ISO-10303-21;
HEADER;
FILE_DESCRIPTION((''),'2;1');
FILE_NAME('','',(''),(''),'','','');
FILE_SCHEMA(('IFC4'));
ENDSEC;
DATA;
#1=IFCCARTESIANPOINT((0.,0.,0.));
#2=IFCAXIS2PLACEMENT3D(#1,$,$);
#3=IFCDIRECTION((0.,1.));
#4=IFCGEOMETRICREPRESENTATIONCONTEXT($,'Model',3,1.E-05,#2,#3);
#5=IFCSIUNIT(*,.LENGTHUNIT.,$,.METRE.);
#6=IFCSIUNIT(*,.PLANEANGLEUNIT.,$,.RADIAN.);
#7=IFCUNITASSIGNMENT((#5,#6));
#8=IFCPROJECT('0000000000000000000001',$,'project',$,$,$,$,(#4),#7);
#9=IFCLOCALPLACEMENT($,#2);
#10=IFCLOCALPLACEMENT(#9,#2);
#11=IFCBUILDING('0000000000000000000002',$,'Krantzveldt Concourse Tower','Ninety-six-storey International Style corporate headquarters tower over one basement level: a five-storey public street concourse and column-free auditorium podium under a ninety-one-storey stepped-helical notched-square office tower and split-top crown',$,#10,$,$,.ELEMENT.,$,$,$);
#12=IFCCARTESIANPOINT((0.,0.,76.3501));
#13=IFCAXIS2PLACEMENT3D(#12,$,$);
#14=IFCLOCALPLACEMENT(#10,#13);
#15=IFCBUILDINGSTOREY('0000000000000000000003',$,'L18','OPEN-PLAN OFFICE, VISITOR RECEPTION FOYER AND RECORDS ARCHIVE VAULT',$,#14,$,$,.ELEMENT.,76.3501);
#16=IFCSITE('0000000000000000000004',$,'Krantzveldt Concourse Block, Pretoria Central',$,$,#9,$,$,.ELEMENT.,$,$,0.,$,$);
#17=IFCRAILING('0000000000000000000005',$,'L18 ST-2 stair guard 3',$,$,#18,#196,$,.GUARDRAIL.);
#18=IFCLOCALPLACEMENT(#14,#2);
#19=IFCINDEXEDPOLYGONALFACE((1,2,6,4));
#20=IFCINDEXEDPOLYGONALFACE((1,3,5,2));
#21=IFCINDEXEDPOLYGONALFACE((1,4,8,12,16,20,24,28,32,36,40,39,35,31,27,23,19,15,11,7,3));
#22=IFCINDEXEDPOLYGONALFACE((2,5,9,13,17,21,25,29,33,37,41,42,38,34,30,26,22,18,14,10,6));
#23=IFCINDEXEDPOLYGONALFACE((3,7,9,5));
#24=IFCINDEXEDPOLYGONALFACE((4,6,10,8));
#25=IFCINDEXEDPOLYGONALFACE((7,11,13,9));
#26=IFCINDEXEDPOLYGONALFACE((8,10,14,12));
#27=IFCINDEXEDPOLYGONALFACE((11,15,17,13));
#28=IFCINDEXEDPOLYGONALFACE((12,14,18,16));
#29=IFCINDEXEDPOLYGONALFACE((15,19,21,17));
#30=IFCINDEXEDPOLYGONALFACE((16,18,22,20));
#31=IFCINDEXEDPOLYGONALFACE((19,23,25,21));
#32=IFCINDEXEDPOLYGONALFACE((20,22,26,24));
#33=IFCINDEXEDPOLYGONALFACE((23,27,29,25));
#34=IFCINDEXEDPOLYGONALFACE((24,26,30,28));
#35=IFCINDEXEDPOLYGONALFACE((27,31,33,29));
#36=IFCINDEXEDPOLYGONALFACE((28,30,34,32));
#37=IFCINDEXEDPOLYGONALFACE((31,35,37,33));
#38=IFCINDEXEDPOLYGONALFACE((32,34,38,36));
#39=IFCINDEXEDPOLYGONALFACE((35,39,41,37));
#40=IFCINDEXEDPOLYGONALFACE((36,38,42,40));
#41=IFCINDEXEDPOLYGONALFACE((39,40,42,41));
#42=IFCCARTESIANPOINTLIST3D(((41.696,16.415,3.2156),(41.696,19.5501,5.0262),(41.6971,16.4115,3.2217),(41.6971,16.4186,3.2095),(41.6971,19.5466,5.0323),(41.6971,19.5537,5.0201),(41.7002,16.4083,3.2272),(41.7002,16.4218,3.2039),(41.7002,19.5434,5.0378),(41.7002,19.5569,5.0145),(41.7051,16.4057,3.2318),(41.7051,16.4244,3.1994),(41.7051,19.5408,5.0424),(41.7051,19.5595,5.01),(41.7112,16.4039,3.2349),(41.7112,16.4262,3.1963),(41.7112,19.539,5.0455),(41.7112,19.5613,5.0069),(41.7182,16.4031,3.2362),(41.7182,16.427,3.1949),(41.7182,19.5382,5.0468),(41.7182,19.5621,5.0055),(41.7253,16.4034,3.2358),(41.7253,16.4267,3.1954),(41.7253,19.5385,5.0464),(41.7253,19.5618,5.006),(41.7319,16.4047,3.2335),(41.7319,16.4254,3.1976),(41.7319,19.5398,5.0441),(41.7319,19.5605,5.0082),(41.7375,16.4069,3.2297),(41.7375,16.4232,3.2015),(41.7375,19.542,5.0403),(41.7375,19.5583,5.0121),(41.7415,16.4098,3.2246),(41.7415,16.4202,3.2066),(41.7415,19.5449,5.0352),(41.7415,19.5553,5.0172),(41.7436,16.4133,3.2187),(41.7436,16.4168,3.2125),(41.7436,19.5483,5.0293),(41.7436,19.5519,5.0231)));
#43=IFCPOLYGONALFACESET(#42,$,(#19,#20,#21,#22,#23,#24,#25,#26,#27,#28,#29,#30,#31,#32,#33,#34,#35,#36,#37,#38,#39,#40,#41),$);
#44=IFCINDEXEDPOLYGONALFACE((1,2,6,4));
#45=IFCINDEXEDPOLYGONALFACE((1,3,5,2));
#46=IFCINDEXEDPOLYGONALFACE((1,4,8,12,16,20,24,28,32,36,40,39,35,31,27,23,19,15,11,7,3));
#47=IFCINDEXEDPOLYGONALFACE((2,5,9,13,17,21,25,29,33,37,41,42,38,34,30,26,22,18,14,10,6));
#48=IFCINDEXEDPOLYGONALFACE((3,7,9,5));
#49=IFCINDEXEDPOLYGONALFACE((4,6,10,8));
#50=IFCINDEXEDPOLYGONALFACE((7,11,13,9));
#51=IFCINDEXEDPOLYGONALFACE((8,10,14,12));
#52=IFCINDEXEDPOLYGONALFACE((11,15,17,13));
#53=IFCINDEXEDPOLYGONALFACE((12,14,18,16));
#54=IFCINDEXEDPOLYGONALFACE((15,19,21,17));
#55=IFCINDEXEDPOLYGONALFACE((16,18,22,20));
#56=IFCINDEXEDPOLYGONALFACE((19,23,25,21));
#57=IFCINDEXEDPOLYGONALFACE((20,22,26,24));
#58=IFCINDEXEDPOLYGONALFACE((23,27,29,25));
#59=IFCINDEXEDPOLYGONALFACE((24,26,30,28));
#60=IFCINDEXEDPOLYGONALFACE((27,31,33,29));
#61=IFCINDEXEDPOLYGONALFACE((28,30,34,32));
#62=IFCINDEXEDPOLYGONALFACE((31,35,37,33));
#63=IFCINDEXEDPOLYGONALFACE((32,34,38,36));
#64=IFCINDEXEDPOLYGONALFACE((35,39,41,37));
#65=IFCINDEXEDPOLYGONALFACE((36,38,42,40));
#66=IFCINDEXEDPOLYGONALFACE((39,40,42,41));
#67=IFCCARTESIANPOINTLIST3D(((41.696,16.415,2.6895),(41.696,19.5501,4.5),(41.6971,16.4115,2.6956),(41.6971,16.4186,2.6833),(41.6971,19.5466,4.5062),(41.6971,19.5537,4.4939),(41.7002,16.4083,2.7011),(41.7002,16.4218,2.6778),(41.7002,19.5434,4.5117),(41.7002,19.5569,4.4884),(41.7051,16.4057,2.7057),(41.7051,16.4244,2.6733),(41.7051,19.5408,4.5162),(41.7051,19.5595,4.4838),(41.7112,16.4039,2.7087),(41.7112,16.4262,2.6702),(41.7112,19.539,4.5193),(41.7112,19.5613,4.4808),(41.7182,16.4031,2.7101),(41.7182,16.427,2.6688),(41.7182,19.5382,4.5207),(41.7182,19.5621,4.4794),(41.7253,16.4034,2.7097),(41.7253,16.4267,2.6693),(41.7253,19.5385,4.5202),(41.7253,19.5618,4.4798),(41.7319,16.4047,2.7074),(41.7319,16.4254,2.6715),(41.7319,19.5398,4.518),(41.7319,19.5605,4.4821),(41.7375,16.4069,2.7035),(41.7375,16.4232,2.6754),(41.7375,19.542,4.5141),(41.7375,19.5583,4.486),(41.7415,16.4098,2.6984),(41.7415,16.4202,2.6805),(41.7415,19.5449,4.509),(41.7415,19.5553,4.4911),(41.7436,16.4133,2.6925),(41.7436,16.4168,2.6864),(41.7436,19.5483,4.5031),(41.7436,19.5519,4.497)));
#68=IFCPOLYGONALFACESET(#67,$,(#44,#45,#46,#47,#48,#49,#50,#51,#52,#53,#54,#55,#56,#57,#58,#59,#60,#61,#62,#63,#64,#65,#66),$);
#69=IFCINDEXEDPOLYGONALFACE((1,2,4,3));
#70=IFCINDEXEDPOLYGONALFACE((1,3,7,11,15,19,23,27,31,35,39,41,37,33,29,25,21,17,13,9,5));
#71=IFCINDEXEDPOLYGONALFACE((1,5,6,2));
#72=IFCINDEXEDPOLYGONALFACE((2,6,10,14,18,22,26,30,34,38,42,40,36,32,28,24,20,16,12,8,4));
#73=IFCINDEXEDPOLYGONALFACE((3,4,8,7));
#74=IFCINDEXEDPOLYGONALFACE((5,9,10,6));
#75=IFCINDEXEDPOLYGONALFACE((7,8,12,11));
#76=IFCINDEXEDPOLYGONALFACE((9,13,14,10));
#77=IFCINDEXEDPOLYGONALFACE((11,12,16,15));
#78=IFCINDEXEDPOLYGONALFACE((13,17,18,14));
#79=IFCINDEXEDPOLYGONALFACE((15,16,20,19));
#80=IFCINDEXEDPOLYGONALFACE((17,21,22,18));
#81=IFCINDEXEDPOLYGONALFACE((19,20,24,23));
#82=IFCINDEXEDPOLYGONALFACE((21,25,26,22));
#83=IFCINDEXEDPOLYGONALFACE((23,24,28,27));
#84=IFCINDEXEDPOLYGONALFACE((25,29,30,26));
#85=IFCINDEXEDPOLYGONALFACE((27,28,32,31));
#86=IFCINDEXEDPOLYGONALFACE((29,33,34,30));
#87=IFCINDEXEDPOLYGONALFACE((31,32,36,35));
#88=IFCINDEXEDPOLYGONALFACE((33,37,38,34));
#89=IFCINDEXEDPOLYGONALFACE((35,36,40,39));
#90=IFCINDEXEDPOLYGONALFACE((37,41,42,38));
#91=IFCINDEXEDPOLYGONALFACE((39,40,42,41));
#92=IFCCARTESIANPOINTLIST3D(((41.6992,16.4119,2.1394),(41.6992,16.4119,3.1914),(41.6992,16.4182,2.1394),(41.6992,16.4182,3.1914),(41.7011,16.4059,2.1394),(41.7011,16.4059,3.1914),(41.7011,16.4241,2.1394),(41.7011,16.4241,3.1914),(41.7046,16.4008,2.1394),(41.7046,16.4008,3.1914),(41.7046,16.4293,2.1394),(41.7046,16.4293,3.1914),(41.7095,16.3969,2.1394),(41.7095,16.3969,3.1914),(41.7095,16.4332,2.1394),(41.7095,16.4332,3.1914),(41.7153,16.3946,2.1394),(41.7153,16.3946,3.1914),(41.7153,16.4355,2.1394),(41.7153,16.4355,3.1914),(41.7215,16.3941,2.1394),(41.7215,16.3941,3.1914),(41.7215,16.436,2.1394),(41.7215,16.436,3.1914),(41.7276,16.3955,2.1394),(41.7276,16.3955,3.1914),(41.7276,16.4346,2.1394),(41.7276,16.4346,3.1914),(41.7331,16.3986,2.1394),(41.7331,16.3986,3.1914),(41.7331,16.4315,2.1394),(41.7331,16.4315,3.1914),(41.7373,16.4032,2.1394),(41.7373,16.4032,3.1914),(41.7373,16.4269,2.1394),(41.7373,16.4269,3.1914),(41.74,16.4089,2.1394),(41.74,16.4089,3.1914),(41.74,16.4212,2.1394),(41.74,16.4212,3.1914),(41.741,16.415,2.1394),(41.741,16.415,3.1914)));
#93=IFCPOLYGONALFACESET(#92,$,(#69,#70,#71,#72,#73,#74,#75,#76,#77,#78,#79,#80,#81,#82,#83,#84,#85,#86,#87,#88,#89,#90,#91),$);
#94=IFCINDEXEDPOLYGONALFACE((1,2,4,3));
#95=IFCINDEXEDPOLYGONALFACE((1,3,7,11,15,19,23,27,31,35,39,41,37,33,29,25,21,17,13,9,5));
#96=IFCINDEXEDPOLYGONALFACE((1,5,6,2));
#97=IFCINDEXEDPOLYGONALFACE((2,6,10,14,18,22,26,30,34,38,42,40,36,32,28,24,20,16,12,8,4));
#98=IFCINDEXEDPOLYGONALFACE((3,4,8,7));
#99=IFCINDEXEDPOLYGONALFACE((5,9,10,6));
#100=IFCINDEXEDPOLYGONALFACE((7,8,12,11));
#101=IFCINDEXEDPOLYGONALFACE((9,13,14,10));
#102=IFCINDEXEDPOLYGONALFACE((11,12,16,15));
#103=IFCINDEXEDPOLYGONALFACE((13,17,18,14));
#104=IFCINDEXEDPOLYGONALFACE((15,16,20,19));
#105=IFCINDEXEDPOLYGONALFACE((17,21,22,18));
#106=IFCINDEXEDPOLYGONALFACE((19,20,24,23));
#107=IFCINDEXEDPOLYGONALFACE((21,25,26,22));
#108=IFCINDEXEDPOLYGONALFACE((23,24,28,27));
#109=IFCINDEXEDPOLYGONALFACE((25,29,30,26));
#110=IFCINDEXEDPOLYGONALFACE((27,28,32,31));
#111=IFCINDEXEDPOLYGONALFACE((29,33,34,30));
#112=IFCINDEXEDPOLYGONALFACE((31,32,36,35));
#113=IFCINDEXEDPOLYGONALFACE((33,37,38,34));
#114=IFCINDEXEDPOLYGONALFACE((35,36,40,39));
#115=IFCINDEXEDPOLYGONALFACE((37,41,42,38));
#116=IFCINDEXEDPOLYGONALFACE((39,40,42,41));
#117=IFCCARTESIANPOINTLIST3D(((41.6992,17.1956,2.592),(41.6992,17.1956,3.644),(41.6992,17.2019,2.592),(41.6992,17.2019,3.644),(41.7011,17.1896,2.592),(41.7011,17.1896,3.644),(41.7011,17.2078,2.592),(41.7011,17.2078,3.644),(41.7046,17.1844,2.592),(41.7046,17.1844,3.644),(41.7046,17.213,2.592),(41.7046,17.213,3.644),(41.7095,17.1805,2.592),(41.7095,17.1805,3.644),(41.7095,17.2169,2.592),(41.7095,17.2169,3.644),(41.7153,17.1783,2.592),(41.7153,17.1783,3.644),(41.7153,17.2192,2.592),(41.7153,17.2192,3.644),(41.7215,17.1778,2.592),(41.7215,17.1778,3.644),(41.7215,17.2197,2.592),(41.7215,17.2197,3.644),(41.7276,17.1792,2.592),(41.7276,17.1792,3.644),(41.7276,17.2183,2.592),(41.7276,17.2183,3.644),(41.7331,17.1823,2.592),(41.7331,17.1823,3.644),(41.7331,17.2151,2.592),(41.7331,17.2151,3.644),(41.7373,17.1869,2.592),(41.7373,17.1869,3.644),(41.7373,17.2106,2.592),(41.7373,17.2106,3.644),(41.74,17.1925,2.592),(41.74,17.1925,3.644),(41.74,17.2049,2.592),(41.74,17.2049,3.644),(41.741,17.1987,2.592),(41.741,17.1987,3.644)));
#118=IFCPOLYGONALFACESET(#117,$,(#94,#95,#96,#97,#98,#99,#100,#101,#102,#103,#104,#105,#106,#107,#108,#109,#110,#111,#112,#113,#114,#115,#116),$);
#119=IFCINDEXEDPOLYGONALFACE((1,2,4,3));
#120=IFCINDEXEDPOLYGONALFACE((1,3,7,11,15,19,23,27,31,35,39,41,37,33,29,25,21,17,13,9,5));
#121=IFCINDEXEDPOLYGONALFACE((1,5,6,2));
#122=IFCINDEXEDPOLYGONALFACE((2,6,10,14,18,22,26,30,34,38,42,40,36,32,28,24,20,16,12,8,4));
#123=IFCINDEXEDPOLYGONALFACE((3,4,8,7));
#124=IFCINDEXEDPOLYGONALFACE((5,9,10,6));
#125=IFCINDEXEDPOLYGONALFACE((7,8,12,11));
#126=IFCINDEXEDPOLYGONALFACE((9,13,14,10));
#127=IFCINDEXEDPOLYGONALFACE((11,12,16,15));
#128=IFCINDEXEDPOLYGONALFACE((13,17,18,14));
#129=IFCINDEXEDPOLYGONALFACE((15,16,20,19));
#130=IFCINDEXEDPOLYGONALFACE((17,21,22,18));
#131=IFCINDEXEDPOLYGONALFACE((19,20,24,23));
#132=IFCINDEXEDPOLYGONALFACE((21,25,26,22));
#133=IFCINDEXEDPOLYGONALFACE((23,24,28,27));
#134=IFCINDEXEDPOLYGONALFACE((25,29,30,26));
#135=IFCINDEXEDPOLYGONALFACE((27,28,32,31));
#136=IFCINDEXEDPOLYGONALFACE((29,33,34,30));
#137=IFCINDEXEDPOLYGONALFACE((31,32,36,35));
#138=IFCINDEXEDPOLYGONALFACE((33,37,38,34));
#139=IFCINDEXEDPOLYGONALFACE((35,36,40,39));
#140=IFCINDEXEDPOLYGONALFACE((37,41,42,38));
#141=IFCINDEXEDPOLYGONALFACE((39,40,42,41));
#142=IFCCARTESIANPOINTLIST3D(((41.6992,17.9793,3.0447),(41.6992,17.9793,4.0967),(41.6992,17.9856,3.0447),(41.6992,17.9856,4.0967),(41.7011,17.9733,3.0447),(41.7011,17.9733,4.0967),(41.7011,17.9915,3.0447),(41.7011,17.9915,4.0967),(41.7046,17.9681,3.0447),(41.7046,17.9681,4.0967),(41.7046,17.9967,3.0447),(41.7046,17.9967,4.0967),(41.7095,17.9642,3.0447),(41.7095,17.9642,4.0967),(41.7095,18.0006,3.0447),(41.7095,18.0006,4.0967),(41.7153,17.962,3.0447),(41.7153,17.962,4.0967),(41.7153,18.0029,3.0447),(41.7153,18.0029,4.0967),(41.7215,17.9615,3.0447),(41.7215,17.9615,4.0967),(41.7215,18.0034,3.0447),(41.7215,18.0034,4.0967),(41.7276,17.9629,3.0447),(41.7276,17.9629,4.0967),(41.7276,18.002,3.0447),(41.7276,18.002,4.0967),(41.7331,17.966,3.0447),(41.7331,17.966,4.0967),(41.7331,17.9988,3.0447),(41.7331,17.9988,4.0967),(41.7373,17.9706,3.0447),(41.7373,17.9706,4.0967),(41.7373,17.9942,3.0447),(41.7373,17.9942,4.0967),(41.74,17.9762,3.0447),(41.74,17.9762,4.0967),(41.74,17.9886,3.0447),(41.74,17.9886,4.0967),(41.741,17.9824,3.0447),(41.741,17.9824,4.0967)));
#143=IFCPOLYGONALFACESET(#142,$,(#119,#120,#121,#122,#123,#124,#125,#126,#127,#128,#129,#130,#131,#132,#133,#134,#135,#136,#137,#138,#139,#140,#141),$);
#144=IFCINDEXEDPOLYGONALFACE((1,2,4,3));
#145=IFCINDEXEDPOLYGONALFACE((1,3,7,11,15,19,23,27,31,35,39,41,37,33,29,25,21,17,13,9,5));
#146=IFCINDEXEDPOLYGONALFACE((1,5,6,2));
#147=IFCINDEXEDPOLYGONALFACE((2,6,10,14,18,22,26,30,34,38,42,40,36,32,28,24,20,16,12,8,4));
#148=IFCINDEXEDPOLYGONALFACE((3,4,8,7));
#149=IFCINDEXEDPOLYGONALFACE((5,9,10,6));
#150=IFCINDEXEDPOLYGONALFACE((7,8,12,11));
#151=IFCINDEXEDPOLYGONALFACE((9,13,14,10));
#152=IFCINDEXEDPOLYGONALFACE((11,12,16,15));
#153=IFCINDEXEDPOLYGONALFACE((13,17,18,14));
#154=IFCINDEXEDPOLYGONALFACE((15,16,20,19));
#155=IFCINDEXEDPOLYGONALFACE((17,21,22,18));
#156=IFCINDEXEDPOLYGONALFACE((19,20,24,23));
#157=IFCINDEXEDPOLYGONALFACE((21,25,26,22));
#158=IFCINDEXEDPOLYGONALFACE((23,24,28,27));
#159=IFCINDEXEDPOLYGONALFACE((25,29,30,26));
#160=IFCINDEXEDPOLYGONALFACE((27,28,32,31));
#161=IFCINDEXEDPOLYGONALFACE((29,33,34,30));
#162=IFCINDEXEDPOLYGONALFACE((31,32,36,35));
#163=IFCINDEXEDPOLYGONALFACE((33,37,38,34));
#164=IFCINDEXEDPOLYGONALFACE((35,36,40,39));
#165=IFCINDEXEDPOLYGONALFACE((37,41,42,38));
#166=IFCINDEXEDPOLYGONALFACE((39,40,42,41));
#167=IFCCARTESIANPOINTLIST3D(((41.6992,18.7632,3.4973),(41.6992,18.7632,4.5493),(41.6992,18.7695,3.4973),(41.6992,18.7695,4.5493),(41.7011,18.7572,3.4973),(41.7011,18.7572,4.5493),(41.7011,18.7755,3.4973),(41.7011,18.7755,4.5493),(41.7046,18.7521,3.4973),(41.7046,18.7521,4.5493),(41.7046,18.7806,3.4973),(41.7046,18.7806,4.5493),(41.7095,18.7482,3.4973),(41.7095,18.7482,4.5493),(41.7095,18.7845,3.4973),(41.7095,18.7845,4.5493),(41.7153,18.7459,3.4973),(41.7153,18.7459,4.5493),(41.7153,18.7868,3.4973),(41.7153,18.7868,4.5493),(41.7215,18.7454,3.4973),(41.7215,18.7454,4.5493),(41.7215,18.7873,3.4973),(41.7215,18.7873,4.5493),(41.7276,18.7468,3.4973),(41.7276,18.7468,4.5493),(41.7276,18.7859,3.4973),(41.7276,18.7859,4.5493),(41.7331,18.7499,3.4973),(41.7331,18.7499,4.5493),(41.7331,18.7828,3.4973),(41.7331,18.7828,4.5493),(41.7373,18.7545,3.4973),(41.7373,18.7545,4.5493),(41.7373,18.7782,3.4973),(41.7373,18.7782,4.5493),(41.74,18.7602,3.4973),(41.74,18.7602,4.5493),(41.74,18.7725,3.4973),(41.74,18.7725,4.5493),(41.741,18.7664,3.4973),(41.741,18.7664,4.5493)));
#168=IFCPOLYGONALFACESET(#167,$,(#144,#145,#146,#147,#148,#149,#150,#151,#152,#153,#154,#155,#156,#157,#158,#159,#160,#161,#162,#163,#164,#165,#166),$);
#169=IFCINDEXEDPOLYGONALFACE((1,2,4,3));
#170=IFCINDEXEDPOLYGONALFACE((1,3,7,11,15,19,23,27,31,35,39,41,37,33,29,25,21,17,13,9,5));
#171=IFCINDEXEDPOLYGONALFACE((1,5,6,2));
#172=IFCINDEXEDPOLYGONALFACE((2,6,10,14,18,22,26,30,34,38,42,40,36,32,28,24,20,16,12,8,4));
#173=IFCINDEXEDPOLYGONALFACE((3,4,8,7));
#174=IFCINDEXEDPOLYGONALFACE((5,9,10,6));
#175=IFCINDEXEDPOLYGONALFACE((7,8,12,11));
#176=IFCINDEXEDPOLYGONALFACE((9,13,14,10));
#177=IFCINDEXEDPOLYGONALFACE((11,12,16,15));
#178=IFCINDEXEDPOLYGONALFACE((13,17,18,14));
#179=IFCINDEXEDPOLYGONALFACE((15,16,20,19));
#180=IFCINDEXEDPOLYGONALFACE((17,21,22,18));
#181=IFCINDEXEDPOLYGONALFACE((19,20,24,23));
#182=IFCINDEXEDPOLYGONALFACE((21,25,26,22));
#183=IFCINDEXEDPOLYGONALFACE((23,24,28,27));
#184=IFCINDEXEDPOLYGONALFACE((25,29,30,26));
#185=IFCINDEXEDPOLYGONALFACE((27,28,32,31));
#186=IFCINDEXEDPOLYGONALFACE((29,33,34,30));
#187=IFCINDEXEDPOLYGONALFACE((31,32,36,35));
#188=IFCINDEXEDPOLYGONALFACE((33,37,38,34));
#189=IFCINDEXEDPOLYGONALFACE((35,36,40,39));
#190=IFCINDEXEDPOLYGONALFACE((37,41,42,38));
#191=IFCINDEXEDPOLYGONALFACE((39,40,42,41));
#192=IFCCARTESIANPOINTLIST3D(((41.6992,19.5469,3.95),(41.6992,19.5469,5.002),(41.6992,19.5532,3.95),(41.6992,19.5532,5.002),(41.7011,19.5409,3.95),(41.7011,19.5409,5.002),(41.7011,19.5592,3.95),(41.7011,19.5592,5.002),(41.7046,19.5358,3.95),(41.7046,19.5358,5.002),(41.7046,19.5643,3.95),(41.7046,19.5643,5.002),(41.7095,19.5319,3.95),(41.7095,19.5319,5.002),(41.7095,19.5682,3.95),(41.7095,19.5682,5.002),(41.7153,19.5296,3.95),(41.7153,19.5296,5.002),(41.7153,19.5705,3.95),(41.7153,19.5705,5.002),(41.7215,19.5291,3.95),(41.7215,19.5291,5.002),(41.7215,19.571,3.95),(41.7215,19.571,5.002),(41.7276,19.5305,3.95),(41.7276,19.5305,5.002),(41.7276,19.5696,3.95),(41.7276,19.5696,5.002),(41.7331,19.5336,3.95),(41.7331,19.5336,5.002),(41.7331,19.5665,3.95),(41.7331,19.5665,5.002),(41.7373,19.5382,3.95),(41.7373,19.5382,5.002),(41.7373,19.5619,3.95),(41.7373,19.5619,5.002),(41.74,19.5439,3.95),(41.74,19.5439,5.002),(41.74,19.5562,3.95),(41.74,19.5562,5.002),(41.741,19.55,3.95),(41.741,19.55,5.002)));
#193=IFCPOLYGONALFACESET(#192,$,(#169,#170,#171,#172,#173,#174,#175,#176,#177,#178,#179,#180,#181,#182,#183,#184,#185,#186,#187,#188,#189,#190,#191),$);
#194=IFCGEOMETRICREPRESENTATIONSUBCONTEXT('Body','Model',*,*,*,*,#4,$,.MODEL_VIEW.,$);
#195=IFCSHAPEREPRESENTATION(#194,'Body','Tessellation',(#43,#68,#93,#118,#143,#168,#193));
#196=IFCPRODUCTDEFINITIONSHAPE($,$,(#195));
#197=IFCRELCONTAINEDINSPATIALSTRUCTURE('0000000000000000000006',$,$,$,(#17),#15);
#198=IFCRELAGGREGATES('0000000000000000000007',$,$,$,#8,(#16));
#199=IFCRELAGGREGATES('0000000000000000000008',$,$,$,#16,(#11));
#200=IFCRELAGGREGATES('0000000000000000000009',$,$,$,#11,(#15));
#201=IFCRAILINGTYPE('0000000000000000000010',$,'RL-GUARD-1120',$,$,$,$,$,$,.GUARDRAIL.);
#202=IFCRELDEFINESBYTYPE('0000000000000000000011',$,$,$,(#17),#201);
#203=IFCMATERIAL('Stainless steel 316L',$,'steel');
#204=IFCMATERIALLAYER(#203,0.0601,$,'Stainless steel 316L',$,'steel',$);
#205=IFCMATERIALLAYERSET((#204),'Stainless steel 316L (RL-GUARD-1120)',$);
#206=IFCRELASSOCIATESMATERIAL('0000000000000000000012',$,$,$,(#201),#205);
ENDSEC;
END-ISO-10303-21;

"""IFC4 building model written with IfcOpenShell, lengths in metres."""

from ifc_helpers import new_model, si_unit, direction, frame, origin, origin_2d, place, context, subcontext, project, spatial, circle, extrude, material, layer, layer_set, type_object, element, save


model = new_model("IFC4")

# Units and contexts
model_context = context("Model", 3, precision=1e-05, world=origin(), true_north=direction((0.0, 1.0)))
body_context = subcontext(model_context, "Body", "Model", "MODEL_VIEW")
ifc_project = project(units=[si_unit("LENGTHUNIT", "METRE"), si_unit("PLANEANGLEUNIT", "RADIAN")], contexts=[model_context])

# Site, building, storey
site_placement = place(None, origin())
site = spatial("IfcSite", under=ifc_project, at=site_placement, Name="Krantzveldt Concourse Block, Pretoria Central", CompositionType="ELEMENT", RefElevation=0.0)
building_placement = place(site_placement, origin())
building = spatial("IfcBuilding", under=site, at=building_placement, Name="Krantzveldt Concourse Tower", Description="Ninety-six-storey International Style corporate headquarters tower over one basement level: a five-storey public street concourse and column-free auditorium podium under a ninety-one-storey stepped-helical notched-square office tower and split-top crown", CompositionType="ELEMENT")
storey_placement = place(building_placement, frame((0.0, 0.0, 76.3501)))
storey = spatial("IfcBuildingStorey", under=building, at=storey_placement, Name="L18", Description="OPEN-PLAN OFFICE, VISITOR RECEPTION FOYER AND RECORDS ARCHIVE VAULT", CompositionType="ELEMENT", Elevation=76.3501)

# Shared definitions
ifc_material_1 = material(Name="Stainless steel 316L", Category="steel")

# Railing
ifc_layer_1 = layer(ifc_material_1, 0.0601, Name="Stainless steel 316L", Category="steel")
ifc_layer_set_1 = layer_set([ifc_layer_1], Name="Stainless steel 316L (RL-GUARD-1120)")
railing_type_1 = type_object("IfcRailingType", Name="RL-GUARD-1120", PredefinedType="GUARDRAIL", material=ifc_layer_set_1)
railing_1_placement = place(storey_placement, frame((41.72, 16.415, 2.1394)))
element("IfcRailing", 1, at=railing_1_placement, inside=storey, type_object=railing_type_1, Name="L18 ST-2 stair guard 3", PredefinedType="GUARDRAIL", context=body_context, shape_type="SweptSolid", body=[
    extrude(circle(Radius=0.0239, at=origin_2d()), frame((0.0, 0.0, 1.0762), z_axis=(0.0, 0.86596, 0.500114), x_axis=(-1.0, 0.0, 0.0)), (0.0, 0.0, 1.0), 3.6204),
    extrude(circle(Radius=0.0239, at=origin_2d()), frame((0.0, 0.0, 0.55), z_axis=(0.0, 0.86596, 0.500114), x_axis=(-1.0, 0.0, 0.0)), (0.0, 0.0, 1.0), 3.6204),
    extrude(circle(Radius=0.021, at=origin_2d()), origin(), (0.0, 0.0, 1.0), 1.052),
    extrude(circle(Radius=0.021, at=origin_2d()), frame((0.0, 0.7837, 0.4526)), (0.0, 0.0, 1.0), 1.052),
    extrude(circle(Radius=0.021, at=origin_2d()), frame((0.0, 1.5674, 0.9053)), (0.0, 0.0, 1.0), 1.052),
    extrude(circle(Radius=0.021, at=origin_2d()), frame((0.0, 2.3513, 1.3579)), (0.0, 0.0, 1.0), 1.052),
    extrude(circle(Radius=0.021, at=origin_2d()), frame((0.0, 3.135, 1.8105)), (0.0, 0.0, 1.0), 1.052),
])

save(model, "model.ifc")
